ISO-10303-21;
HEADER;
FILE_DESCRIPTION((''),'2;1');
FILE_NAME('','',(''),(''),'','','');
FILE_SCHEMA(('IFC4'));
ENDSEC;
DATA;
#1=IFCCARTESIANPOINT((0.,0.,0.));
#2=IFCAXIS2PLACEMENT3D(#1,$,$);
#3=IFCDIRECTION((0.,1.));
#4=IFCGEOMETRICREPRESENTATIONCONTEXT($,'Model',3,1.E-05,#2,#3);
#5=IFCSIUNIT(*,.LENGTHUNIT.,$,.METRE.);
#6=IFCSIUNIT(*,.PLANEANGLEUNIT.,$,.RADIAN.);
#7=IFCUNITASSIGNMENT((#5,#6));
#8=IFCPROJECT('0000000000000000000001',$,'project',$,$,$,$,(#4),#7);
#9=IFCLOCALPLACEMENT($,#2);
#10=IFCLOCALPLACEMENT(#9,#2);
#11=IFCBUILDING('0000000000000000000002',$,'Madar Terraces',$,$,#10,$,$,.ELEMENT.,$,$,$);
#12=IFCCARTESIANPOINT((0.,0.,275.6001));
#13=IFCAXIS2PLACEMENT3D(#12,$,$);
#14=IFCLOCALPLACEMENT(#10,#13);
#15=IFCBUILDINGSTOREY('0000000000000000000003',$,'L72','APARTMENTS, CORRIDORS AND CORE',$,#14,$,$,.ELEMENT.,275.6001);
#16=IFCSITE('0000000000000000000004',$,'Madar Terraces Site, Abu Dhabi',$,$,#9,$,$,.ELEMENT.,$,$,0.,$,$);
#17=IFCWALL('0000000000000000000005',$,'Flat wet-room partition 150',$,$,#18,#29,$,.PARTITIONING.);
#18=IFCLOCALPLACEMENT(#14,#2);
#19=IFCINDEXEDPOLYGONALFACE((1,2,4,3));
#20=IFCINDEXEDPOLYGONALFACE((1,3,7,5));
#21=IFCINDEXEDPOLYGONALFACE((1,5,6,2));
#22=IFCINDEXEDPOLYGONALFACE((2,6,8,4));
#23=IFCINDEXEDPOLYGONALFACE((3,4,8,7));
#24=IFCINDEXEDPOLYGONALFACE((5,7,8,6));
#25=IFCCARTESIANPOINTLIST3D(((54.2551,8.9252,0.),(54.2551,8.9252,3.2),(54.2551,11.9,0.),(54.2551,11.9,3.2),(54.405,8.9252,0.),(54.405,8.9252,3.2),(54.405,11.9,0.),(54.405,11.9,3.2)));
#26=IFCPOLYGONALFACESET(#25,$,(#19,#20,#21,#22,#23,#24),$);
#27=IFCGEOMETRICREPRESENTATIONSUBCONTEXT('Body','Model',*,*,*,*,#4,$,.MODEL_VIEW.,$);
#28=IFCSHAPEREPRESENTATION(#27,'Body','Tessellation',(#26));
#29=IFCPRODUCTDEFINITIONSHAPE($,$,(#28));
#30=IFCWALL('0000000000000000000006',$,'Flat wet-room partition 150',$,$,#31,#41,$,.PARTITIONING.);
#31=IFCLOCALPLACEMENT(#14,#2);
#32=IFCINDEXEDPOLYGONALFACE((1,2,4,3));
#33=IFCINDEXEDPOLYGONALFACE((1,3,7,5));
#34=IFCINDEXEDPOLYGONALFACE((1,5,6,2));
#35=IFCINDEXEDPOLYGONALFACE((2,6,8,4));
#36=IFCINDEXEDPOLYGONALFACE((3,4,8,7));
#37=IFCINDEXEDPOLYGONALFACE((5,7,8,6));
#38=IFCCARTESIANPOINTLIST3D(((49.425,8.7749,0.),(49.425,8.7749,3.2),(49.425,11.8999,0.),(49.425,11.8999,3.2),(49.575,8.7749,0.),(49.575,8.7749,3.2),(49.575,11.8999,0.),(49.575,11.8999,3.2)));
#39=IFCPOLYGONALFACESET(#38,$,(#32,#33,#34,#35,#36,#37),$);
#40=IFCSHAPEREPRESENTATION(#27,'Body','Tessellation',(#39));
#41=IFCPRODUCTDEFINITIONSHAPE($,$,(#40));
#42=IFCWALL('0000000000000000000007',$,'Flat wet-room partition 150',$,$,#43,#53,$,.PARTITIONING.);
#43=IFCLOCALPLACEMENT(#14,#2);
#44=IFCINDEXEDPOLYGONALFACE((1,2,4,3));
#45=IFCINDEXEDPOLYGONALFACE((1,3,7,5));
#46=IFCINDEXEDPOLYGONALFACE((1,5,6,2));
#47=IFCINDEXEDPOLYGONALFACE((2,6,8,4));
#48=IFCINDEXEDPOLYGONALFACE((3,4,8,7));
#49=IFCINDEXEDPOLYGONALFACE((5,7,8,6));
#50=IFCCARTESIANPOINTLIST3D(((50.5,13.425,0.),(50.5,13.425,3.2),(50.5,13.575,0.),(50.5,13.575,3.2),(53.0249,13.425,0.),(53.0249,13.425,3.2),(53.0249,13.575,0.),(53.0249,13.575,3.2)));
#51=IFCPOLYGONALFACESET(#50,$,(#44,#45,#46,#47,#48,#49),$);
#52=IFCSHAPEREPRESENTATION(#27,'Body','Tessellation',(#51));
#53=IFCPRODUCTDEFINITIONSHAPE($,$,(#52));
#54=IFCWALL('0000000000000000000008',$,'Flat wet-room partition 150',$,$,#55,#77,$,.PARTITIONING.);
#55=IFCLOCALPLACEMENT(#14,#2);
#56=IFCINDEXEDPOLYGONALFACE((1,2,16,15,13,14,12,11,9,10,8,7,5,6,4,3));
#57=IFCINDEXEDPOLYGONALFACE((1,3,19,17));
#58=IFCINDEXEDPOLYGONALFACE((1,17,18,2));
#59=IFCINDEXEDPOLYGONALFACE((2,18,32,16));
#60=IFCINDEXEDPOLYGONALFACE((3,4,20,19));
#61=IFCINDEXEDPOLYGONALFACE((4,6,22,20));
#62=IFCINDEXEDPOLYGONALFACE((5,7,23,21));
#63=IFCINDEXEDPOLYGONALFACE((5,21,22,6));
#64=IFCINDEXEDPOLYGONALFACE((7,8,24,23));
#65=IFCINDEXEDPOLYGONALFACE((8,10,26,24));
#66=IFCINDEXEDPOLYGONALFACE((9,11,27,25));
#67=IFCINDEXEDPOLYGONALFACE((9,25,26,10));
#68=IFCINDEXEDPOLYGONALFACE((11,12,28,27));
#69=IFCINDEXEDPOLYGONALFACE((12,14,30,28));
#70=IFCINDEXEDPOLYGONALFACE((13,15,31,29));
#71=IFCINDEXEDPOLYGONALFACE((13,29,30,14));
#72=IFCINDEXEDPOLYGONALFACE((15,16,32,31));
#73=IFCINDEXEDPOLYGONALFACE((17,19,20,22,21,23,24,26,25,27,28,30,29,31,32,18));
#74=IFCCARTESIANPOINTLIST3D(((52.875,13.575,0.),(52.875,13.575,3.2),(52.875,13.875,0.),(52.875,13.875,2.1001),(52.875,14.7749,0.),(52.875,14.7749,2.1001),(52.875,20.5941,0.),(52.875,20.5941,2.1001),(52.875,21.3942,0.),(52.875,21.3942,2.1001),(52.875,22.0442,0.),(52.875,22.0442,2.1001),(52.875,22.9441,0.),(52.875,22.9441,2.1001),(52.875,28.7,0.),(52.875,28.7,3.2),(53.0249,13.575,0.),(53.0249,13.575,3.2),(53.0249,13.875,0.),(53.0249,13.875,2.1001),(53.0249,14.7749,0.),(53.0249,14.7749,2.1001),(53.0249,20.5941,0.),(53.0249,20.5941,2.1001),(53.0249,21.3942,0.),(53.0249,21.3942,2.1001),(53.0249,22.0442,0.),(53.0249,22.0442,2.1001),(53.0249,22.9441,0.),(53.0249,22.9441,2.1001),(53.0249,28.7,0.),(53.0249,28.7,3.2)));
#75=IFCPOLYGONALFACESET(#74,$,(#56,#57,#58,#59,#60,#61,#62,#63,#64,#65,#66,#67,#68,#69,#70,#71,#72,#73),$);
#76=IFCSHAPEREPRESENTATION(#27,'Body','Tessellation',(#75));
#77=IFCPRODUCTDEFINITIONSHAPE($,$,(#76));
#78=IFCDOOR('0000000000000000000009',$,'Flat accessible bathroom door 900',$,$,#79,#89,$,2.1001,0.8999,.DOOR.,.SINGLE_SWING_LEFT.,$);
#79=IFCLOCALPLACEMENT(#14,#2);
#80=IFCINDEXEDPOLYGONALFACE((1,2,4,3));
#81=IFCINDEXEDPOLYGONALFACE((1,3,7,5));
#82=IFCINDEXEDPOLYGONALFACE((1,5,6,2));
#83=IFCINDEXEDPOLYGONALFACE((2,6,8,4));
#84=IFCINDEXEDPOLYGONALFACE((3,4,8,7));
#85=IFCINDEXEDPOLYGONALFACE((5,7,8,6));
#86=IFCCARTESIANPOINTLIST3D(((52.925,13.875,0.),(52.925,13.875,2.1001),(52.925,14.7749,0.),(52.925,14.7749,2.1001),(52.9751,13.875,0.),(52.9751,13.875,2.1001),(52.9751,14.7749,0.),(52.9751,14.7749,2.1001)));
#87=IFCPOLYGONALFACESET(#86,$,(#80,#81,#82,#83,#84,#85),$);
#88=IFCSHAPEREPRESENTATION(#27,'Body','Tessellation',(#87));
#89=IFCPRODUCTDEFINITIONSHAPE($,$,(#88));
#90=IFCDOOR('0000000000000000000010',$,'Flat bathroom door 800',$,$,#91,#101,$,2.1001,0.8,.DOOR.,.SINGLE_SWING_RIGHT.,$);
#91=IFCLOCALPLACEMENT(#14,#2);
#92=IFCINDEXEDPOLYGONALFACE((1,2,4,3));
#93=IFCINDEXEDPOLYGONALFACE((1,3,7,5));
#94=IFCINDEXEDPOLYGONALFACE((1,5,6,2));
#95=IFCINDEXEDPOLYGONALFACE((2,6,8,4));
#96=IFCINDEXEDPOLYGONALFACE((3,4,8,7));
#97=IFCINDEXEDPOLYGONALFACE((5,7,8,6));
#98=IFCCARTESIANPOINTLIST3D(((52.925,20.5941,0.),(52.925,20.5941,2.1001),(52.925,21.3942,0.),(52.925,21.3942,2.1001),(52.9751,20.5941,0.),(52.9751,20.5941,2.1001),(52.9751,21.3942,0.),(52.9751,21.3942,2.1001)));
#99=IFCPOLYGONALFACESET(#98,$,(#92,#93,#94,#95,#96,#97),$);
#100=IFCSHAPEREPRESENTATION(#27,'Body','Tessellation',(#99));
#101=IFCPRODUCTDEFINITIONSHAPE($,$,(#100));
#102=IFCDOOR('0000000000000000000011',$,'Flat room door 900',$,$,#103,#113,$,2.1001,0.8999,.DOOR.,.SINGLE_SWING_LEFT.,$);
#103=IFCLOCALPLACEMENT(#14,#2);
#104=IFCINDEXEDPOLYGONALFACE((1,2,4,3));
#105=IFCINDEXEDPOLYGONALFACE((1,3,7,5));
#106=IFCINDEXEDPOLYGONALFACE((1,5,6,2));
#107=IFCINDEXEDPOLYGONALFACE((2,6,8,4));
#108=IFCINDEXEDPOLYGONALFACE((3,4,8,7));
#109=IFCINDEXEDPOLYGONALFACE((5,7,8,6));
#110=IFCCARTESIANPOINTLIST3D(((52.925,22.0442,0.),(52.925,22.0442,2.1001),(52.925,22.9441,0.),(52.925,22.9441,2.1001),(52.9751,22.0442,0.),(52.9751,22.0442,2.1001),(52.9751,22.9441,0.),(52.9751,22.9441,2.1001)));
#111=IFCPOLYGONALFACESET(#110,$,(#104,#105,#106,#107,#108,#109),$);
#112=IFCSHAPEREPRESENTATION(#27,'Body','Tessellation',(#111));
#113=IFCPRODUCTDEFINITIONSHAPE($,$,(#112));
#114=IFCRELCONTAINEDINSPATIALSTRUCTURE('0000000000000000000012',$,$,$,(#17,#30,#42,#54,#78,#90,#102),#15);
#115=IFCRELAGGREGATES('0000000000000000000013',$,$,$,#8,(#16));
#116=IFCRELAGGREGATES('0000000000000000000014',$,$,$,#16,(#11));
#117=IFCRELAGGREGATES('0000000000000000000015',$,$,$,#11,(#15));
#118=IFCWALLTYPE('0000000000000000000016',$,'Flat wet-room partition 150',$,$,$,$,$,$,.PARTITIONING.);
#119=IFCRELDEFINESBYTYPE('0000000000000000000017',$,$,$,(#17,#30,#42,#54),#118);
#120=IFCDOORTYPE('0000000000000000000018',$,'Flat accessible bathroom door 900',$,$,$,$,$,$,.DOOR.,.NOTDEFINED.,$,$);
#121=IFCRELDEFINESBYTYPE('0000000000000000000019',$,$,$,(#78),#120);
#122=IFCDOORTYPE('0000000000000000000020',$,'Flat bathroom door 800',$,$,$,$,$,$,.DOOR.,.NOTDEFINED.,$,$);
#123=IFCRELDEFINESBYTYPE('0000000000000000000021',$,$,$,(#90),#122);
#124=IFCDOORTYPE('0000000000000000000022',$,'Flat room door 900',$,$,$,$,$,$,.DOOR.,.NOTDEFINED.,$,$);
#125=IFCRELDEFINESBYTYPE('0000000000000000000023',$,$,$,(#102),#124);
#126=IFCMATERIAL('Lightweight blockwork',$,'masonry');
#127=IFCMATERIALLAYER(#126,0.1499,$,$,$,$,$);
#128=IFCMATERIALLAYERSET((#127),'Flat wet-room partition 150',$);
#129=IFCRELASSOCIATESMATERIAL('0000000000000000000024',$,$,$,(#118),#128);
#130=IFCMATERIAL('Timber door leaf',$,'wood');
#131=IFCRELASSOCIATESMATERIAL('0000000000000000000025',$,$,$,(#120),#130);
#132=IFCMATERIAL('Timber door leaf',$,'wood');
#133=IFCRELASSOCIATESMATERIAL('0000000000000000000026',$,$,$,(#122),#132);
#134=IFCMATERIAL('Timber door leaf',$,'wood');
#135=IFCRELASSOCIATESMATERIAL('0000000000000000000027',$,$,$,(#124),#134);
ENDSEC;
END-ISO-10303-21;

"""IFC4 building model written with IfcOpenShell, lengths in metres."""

from ifc_helpers import new_model, si_unit, direction, frame, frame_2d, origin, place, context, subcontext, project, spatial, rectangle, extrude, material, layer, layer_set, type_object, element, fill, save


model = new_model("IFC4")

# Units and contexts
model_context = context("Model", 3, precision=1e-05, world=origin(), true_north=direction((0.0, 1.0)))
body_context = subcontext(model_context, "Body", "Model", "MODEL_VIEW")
ifc_project = project(units=[si_unit("LENGTHUNIT", "METRE"), si_unit("PLANEANGLEUNIT", "RADIAN")], contexts=[model_context])

# Site, building, storey
site_placement = place(None, origin())
site = spatial("IfcSite", under=ifc_project, at=site_placement, Name="Madar Terraces Site, Abu Dhabi", CompositionType="ELEMENT", RefElevation=0.0)
building_placement = place(site_placement, origin())
building = spatial("IfcBuilding", under=site, at=building_placement, Name="Madar Terraces", CompositionType="ELEMENT")
storey_placement = place(building_placement, frame((0.0, 0.0, 275.6001)))
storey = spatial("IfcBuildingStorey", under=building, at=storey_placement, Name="L72", Description="APARTMENTS, CORRIDORS AND CORE", CompositionType="ELEMENT", Elevation=275.6001)

# Walls
ifc_material_1 = material(Name="Lightweight blockwork", Category="masonry")
ifc_layer_1 = layer(ifc_material_1, 0.1499)
ifc_layer_set_1 = layer_set([ifc_layer_1], Name="Flat wet-room partition 150")
wall_type_1 = type_object("IfcWallType", Name="Flat wet-room partition 150", PredefinedType="PARTITIONING", material=ifc_layer_set_1)
wall_1_placement = place(storey_placement, frame((54.3301, 11.8999, 0.0), z_axis=(0.0, 0.0, 1.0), x_axis=(0.0, -1.0, 0.0)))
element("IfcWall", 1, at=wall_1_placement, inside=storey, type_object=wall_type_1, Name="Flat wet-room partition 150", PredefinedType="PARTITIONING", context=body_context, shape_type="SweptSolid", body=[
    extrude(rectangle(XDim=2.9749, YDim=0.1499, at=frame_2d((1.4873, 0.0))), origin(), (0.0, 0.0, 1.0), 3.2),
])
wall_2_placement = place(storey_placement, frame((49.5, 11.8999, 0.0), z_axis=(0.0, 0.0, 1.0), x_axis=(0.0, -1.0, 0.0)))
element("IfcWall", 2, at=wall_2_placement, inside=storey, type_object=wall_type_1, Name="Flat wet-room partition 150", PredefinedType="PARTITIONING", context=body_context, shape_type="SweptSolid", body=[
    extrude(rectangle(XDim=3.125, YDim=0.1499, at=frame_2d((1.5625, 0.0))), origin(), (0.0, 0.0, 1.0), 3.2),
])
wall_3_placement = place(storey_placement, frame((50.5, 13.5, 0.0), z_axis=(0.0, 0.0, 1.0), x_axis=(1.0, 0.0, 0.0)))
element("IfcWall", 3, at=wall_3_placement, inside=storey, type_object=wall_type_1, Name="Flat wet-room partition 150", PredefinedType="PARTITIONING", context=body_context, shape_type="SweptSolid", body=[
    extrude(rectangle(XDim=2.5249, YDim=0.1499, at=frame_2d((1.2625, 0.0))), origin(), (0.0, 0.0, 1.0), 3.2),
])

# Wall, openings, doors
wall_4_placement = place(storey_placement, frame((52.95, 13.575, 0.0), z_axis=(0.0, 0.0, 1.0), x_axis=(0.0, 1.0, 0.0)))
wall_4 = element("IfcWall", 4, at=wall_4_placement, inside=storey, type_object=wall_type_1, Name="Flat wet-room partition 150", PredefinedType="PARTITIONING", context=body_context, shape_type="SweptSolid", body=[
    extrude(rectangle(XDim=15.125, YDim=0.1499, at=frame_2d((7.5625, 0.0))), origin(), (0.0, 0.0, 1.0), 3.2),
])
opening_1_placement = place(wall_4_placement, frame((0.3, 0.0, 0.0)))
opening_1 = element("IfcOpeningElement", 5, at=opening_1_placement, cuts=wall_4, PredefinedType="OPENING", context=body_context, shape_type="SweptSolid", body=[
    extrude(rectangle(XDim=0.8999, YDim=2.1001, at=frame_2d((0.45, 1.05))), frame((0.0, 0.085, 0.0), z_axis=(0.0, -1.0, 0.0), x_axis=(1.0, 0.0, 0.0)), (0.0, 0.0, 1.0), 0.1699),
])
opening_2_placement = place(wall_4_placement, frame((7.0193, 0.0, 0.0)))
opening_2 = element("IfcOpeningElement", 6, at=opening_2_placement, cuts=wall_4, PredefinedType="OPENING", context=body_context, shape_type="SweptSolid", body=[
    extrude(rectangle(XDim=0.8, YDim=2.1001, at=frame_2d((0.3999, 1.05))), frame((0.0, 0.085, 0.0), z_axis=(0.0, -1.0, 0.0), x_axis=(1.0, 0.0, 0.0)), (0.0, 0.0, 1.0), 0.1699),
])
opening_3_placement = place(wall_4_placement, frame((8.4692, 0.0, 0.0)))
opening_3 = element("IfcOpeningElement", 7, at=opening_3_placement, cuts=wall_4, PredefinedType="OPENING", context=body_context, shape_type="SweptSolid", body=[
    extrude(rectangle(XDim=0.8999, YDim=2.1001, at=frame_2d((0.45, 1.05))), frame((0.0, 0.085, 0.0), z_axis=(0.0, -1.0, 0.0), x_axis=(1.0, 0.0, 0.0)), (0.0, 0.0, 1.0), 0.1699),
])
ifc_material_2 = material(Name="Timber door leaf", Category="wood")
door_type_1 = type_object("IfcDoorType", Name="Flat accessible bathroom door 900", OperationType="NOTDEFINED", PredefinedType="DOOR", material=ifc_material_2)
door_1_placement = place(opening_1_placement, origin())
door_1 = element("IfcDoor", 8, at=door_1_placement, inside=storey, type_object=door_type_1, Name="Flat accessible bathroom door 900", OperationType="SINGLE_SWING_LEFT", OverallHeight=2.1001, OverallWidth=0.8999, PredefinedType="DOOR", context=body_context, shape_type="SweptSolid", body=[
    extrude(rectangle(XDim=0.8999, YDim=2.1001, at=frame_2d((0.45, 1.05))), frame((0.0, 0.0249, 0.0), z_axis=(0.0, -1.0, 0.0), x_axis=(1.0, 0.0, 0.0)), (0.0, 0.0, 1.0), 0.05),
])
fill(opening_1, door_1)
ifc_material_3 = material(Name="Timber door leaf", Category="wood")
door_type_2 = type_object("IfcDoorType", Name="Flat bathroom door 800", OperationType="NOTDEFINED", PredefinedType="DOOR", material=ifc_material_3)
door_2_placement = place(opening_2_placement, origin())
door_2 = element("IfcDoor", 9, at=door_2_placement, inside=storey, type_object=door_type_2, Name="Flat bathroom door 800", OperationType="SINGLE_SWING_RIGHT", OverallHeight=2.1001, OverallWidth=0.8, PredefinedType="DOOR", context=body_context, shape_type="SweptSolid", body=[
    extrude(rectangle(XDim=0.8, YDim=2.1001, at=frame_2d((0.3999, 1.05))), frame((0.0, 0.0249, 0.0), z_axis=(0.0, -1.0, 0.0), x_axis=(1.0, 0.0, 0.0)), (0.0, 0.0, 1.0), 0.05),
])
fill(opening_2, door_2)
ifc_material_4 = material(Name="Timber door leaf", Category="wood")
door_type_3 = type_object("IfcDoorType", Name="Flat room door 900", OperationType="NOTDEFINED", PredefinedType="DOOR", material=ifc_material_4)
door_3_placement = place(opening_3_placement, origin())
door_3 = element("IfcDoor", 10, at=door_3_placement, inside=storey, type_object=door_type_3, Name="Flat room door 900", OperationType="SINGLE_SWING_LEFT", OverallHeight=2.1001, OverallWidth=0.8999, PredefinedType="DOOR", context=body_context, shape_type="SweptSolid", body=[
    extrude(rectangle(XDim=0.8999, YDim=2.1001, at=frame_2d((0.45, 1.05))), frame((0.0, 0.0249, 0.0), z_axis=(0.0, -1.0, 0.0), x_axis=(1.0, 0.0, 0.0)), (0.0, 0.0, 1.0), 0.05),
])
fill(opening_3, door_3)

save(model, "model.ifc")
